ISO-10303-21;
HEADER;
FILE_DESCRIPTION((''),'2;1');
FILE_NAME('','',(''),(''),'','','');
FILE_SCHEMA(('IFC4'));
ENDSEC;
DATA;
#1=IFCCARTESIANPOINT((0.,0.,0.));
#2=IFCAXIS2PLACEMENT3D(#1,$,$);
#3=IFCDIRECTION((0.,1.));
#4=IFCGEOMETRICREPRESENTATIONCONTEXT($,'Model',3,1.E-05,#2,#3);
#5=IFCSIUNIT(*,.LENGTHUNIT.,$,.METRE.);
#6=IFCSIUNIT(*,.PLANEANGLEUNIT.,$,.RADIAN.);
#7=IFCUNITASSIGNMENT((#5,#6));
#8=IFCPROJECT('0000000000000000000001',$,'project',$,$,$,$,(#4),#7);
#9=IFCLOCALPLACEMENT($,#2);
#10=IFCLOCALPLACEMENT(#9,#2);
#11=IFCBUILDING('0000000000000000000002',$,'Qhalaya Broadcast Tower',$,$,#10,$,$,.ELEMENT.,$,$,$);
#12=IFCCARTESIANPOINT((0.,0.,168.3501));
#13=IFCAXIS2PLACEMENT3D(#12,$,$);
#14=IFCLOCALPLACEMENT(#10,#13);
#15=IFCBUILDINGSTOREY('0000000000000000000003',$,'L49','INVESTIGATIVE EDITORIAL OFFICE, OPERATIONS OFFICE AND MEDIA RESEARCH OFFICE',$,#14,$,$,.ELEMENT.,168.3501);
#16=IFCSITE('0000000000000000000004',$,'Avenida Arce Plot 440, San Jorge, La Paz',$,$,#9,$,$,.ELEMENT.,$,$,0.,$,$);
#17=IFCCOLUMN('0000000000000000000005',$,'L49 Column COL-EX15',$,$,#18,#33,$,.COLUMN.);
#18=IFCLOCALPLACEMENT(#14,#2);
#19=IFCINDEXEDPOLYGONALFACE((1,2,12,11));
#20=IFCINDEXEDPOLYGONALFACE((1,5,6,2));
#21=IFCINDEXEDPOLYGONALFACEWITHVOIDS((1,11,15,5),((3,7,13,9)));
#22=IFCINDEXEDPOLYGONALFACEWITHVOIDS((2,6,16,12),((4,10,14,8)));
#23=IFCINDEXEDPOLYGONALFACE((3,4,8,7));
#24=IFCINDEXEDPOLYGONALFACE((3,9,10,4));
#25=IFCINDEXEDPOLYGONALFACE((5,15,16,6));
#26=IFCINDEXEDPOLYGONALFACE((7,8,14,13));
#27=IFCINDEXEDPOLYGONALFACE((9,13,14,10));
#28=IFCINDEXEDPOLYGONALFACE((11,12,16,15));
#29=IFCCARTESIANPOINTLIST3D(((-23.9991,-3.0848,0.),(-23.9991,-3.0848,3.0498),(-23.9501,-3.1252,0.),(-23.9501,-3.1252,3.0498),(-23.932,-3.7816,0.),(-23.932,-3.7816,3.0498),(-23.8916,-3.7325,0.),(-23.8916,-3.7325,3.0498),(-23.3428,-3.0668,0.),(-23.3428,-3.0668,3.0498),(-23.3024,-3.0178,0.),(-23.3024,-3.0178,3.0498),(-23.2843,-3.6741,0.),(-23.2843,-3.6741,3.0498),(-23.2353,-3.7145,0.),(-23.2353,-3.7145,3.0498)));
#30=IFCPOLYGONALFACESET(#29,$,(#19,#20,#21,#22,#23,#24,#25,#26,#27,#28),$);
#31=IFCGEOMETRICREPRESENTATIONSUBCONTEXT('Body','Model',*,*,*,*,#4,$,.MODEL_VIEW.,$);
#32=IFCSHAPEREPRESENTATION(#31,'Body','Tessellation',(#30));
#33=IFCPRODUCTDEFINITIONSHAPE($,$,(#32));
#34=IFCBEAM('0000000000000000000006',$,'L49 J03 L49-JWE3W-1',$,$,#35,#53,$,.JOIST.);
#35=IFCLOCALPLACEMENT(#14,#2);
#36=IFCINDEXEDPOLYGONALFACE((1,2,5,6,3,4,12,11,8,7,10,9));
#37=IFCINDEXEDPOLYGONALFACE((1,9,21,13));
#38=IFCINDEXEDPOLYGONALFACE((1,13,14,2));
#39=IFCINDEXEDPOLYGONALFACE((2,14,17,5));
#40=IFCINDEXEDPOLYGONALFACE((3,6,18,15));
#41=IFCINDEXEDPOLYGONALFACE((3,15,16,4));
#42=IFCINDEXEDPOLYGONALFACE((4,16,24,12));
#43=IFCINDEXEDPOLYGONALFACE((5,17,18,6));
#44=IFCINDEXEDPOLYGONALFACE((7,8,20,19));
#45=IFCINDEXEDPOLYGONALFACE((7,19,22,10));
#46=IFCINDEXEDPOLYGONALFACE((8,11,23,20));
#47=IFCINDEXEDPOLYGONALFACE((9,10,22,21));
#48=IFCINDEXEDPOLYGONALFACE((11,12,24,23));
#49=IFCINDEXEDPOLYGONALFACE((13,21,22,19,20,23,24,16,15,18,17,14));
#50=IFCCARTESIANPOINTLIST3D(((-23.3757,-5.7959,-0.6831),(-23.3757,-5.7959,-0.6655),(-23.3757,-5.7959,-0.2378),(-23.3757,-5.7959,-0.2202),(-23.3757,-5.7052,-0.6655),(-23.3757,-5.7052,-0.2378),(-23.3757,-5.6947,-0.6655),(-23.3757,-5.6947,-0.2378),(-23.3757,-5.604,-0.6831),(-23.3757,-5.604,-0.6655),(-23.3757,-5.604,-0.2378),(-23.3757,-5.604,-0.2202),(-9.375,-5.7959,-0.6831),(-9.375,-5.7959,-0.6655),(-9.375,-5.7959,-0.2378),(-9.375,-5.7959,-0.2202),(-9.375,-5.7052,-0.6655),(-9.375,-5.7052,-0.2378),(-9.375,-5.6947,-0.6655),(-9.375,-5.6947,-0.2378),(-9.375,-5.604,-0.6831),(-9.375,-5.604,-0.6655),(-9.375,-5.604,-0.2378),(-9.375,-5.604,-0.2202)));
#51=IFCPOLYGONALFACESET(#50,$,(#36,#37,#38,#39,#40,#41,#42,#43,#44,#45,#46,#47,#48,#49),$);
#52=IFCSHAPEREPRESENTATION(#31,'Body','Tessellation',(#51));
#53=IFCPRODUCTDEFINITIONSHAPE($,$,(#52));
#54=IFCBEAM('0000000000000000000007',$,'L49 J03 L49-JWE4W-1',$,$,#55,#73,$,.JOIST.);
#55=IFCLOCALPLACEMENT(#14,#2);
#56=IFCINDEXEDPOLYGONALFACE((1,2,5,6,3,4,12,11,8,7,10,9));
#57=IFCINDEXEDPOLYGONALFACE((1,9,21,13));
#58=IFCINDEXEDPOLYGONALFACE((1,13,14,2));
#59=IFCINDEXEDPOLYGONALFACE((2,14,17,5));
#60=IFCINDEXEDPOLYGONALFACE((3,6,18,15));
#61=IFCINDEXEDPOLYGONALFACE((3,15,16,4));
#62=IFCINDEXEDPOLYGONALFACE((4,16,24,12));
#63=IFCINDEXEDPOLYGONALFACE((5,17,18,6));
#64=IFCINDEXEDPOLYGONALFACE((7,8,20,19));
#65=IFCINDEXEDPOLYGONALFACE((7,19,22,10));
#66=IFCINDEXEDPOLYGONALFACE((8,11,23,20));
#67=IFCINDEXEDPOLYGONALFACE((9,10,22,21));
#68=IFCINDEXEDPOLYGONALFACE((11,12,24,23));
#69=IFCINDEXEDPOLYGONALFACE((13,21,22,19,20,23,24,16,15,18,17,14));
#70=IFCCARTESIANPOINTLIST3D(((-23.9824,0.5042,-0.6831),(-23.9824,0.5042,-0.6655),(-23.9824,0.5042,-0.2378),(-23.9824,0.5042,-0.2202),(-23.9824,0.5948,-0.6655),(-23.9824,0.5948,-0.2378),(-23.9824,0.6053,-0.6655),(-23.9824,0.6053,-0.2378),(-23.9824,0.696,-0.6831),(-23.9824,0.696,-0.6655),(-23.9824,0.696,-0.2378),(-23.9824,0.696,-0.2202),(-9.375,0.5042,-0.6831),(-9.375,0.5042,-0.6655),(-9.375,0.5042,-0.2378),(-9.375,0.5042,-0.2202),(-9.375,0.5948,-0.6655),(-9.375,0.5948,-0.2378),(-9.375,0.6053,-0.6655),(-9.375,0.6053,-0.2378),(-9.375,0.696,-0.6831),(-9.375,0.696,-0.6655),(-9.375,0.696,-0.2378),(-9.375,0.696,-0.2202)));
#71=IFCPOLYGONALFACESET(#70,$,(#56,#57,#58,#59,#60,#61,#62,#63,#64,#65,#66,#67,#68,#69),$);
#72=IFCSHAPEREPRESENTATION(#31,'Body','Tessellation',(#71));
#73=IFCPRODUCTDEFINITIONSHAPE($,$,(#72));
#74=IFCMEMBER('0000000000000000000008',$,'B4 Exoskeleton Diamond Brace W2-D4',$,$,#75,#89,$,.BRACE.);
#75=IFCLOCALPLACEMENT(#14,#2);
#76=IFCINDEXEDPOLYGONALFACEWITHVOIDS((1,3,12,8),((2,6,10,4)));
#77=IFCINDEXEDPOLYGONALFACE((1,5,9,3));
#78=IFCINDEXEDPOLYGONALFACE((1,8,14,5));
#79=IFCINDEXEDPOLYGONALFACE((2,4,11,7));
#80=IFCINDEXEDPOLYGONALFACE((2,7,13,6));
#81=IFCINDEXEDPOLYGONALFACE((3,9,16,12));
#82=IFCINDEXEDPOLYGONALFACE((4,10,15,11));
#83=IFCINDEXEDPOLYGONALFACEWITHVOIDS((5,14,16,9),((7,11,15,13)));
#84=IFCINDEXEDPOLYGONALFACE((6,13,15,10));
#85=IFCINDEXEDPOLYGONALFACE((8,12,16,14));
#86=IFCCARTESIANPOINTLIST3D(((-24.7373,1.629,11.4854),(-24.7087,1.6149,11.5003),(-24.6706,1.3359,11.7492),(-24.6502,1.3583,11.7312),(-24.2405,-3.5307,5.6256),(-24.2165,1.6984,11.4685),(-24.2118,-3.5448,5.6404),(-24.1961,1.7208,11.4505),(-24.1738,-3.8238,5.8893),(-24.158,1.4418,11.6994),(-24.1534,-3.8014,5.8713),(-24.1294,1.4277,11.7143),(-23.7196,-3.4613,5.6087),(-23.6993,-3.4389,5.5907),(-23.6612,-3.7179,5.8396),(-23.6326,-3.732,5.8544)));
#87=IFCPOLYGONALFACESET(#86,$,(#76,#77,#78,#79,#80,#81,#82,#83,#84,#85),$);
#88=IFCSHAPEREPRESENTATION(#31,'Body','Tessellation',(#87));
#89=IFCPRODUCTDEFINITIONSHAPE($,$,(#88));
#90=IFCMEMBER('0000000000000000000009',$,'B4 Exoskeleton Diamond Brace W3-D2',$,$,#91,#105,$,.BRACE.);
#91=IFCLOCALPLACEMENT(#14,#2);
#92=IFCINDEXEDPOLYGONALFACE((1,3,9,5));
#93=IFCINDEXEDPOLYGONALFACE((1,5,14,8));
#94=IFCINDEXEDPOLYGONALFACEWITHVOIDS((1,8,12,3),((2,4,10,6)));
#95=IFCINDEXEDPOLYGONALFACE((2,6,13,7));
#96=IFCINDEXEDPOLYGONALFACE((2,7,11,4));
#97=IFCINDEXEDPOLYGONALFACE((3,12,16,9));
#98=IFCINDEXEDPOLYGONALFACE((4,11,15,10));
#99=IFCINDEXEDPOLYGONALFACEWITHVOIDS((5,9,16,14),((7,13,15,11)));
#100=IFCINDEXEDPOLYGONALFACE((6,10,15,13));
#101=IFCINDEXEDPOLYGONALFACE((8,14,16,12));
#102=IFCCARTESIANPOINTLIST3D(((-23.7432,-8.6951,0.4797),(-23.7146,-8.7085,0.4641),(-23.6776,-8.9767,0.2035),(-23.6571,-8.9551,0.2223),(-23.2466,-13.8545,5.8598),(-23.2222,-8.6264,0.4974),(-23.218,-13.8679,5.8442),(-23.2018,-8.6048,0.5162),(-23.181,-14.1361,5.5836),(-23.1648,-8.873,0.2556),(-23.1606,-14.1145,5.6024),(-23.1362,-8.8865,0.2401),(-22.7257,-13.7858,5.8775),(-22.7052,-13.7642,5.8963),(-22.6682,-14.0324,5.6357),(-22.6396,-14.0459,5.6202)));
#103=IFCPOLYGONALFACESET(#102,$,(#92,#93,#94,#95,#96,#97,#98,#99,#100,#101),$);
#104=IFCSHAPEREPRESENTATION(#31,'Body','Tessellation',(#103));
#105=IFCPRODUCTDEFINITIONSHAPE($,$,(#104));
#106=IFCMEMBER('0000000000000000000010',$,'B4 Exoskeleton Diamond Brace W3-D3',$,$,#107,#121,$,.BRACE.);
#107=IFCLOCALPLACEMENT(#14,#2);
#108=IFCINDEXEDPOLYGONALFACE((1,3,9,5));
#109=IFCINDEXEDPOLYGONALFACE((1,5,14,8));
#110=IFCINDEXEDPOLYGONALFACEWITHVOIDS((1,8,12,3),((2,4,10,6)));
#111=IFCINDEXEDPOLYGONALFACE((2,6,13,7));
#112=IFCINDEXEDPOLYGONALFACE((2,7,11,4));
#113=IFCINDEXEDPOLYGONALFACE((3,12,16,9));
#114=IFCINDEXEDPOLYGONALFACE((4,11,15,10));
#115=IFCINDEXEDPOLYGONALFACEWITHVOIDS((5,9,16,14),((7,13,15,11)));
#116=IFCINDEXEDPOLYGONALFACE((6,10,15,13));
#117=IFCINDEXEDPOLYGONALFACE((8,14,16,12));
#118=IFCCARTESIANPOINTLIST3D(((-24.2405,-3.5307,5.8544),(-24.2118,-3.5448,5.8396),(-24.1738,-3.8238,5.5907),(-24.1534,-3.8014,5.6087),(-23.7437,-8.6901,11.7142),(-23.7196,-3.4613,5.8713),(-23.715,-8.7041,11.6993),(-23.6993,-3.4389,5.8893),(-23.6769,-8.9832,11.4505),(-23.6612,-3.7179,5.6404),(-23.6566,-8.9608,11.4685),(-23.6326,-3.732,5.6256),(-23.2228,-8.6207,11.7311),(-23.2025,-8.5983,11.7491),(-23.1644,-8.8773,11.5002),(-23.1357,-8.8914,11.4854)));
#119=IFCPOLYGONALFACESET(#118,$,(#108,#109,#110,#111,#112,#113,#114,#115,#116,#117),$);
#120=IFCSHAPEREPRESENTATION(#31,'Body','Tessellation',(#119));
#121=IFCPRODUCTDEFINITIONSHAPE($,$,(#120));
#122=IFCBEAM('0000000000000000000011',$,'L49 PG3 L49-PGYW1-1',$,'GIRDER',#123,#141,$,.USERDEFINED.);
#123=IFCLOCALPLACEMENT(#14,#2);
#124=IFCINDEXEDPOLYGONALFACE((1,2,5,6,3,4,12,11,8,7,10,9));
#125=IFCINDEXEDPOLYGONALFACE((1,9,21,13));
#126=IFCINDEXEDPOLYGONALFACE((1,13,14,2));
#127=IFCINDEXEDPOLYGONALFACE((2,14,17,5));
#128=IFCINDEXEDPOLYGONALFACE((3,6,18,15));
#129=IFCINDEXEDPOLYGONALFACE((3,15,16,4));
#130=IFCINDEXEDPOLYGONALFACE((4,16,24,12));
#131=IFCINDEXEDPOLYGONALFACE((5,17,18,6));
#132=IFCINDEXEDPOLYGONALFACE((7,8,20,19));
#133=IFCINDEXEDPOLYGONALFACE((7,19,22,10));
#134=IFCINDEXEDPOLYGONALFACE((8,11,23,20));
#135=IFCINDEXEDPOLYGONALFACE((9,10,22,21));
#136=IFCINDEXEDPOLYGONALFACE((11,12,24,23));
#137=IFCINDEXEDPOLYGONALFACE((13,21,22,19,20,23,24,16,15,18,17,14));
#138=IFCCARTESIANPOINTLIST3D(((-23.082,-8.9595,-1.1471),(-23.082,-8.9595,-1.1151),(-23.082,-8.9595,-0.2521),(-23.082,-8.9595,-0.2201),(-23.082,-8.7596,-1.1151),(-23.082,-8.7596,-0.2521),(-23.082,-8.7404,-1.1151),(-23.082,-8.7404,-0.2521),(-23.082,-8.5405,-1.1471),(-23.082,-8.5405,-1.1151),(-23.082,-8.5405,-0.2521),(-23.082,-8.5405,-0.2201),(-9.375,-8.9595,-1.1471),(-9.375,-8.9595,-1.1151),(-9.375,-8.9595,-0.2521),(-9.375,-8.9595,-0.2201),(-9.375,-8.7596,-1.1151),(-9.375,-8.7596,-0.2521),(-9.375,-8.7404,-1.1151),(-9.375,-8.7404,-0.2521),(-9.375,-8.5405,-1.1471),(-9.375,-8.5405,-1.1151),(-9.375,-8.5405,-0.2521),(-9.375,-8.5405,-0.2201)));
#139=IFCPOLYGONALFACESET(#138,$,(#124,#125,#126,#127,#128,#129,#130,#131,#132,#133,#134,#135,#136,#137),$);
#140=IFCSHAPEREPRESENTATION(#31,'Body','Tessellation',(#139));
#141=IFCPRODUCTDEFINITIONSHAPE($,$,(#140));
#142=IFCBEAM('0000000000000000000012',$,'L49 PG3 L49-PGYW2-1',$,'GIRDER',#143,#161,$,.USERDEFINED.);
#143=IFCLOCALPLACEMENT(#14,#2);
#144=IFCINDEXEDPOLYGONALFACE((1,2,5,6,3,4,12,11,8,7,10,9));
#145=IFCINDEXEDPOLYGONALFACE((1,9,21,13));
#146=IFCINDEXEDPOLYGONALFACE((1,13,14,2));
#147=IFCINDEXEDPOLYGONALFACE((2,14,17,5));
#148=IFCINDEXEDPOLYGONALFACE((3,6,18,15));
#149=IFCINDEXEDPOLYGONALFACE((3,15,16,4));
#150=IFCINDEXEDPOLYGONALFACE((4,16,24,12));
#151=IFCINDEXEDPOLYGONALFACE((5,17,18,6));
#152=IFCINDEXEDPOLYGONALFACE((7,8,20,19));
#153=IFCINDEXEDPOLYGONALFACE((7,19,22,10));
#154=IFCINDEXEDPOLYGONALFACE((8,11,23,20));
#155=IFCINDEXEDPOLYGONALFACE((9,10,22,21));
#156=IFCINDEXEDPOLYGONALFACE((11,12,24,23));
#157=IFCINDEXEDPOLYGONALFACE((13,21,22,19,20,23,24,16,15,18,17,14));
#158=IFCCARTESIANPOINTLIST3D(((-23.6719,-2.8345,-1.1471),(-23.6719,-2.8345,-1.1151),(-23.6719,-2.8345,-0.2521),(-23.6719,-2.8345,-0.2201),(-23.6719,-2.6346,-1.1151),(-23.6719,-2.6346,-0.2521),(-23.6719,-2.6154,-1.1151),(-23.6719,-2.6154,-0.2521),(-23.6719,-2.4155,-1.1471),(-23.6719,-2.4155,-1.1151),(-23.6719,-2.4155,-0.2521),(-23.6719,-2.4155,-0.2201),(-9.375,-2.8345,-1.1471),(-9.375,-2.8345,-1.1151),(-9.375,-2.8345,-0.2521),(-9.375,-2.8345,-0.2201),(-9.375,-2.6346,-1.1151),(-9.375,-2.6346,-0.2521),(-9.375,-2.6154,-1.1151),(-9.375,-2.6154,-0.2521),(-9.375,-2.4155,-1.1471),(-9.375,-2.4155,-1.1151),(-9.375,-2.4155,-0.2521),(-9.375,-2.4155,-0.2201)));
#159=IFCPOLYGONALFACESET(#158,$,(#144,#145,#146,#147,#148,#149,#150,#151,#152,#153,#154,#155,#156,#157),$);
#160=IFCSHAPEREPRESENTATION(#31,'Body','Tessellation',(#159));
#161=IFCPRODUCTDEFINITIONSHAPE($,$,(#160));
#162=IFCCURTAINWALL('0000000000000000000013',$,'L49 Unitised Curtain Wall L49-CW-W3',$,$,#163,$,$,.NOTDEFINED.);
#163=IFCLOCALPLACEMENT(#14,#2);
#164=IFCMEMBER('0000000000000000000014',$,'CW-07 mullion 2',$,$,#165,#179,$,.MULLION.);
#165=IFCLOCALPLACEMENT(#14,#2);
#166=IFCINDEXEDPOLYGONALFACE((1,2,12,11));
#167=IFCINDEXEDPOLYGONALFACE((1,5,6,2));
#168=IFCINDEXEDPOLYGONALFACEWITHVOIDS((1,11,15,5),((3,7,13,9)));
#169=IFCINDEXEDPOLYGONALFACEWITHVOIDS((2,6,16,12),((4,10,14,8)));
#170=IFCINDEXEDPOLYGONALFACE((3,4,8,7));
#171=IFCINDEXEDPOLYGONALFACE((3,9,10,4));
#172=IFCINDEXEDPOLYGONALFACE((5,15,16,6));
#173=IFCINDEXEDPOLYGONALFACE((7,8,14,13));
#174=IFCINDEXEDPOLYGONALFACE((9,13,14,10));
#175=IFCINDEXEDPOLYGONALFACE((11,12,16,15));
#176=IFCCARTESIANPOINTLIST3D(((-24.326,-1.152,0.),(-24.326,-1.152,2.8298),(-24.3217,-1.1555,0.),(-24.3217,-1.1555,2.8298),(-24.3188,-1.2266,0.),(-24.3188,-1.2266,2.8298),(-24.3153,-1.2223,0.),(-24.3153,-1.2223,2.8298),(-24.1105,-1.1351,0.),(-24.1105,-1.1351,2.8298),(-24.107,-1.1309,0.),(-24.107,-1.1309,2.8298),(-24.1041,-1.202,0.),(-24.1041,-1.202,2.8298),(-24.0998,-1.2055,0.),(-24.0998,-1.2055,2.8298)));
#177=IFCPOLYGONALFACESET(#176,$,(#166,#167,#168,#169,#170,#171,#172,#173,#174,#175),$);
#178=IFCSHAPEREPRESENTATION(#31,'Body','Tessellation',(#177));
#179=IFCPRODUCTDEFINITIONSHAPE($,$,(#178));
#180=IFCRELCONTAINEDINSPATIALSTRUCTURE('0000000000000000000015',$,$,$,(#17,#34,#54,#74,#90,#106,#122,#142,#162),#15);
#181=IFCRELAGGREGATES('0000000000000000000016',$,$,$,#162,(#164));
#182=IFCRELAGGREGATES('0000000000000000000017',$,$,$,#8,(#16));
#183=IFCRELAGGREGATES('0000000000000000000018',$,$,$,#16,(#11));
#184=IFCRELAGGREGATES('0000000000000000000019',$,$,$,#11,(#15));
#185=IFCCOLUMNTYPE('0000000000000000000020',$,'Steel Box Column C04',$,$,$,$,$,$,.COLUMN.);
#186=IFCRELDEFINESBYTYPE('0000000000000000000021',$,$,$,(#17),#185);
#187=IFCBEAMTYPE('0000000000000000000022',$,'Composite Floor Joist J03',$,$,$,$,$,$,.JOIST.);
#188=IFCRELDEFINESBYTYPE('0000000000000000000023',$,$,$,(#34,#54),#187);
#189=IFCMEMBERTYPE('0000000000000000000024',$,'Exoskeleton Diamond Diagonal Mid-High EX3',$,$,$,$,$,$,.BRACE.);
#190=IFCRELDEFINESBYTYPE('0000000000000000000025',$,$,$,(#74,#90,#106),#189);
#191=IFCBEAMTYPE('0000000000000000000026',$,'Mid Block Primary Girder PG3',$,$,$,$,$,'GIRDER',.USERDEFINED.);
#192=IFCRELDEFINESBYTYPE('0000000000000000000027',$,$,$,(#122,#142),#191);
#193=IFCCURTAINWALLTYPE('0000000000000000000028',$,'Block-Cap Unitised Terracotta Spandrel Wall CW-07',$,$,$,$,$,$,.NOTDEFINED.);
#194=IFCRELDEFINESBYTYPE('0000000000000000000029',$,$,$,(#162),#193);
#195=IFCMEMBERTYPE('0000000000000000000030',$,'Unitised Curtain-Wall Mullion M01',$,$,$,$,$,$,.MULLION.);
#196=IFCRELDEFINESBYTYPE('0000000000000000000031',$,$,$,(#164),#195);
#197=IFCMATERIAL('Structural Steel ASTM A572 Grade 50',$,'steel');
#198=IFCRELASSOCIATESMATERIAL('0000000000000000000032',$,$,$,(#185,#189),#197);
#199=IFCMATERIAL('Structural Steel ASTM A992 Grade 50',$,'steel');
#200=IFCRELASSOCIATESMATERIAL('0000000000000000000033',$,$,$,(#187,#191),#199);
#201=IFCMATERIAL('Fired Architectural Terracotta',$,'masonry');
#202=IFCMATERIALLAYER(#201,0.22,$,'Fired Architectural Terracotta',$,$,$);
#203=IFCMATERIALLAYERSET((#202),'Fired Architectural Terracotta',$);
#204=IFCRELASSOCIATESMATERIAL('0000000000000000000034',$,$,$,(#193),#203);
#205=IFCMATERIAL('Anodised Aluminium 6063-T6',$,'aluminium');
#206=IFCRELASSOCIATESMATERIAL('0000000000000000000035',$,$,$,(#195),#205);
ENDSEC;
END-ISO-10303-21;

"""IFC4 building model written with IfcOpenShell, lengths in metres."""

from ifc_helpers import new_model, si_unit, direction, frame, origin, origin_2d, place, context, subcontext, project, spatial, hollow_rectangle, i_section, extrude, material, layer, layer_set, material_profile, profile_set, type_object, element, aggregate, save


model = new_model("IFC4")

# Units and contexts
model_context = context("Model", 3, precision=1e-05, world=origin(), true_north=direction((0.0, 1.0)))
body_context = subcontext(model_context, "Body", "Model", "MODEL_VIEW")
ifc_project = project(units=[si_unit("LENGTHUNIT", "METRE"), si_unit("PLANEANGLEUNIT", "RADIAN")], contexts=[model_context])

# Site, building, storey
site_placement = place(None, origin())
site = spatial("IfcSite", under=ifc_project, at=site_placement, Name="Avenida Arce Plot 440, San Jorge, La Paz", CompositionType="ELEMENT", RefElevation=0.0)
building_placement = place(site_placement, origin())
building = spatial("IfcBuilding", under=site, at=building_placement, Name="Qhalaya Broadcast Tower", CompositionType="ELEMENT")
storey_placement = place(building_placement, frame((0.0, 0.0, 168.3501)))
storey = spatial("IfcBuildingStorey", under=building, at=storey_placement, Name="L49", Description="INVESTIGATIVE EDITORIAL OFFICE, OPERATIONS OFFICE AND MEDIA RESEARCH OFFICE", CompositionType="ELEMENT", Elevation=168.3501)

# Column
ifc_material_1 = material(Name="Structural Steel ASTM A572 Grade 50", Category="steel")
ifc_material_profile_1 = material_profile(ifc_material_1, hollow_rectangle(XDim=0.7, YDim=0.7, WallThickness=0.0449, at=origin_2d()), Name="BOX 700x700x45")
ifc_profile_set_1 = profile_set([ifc_material_profile_1], Name="Structural Steel ASTM A572 Grade 50")
column_type = type_object("IfcColumnType", Name="Steel Box Column C04", PredefinedType="COLUMN", material=ifc_profile_set_1)
column_placement = place(storey_placement, frame((-23.6172, -3.3997, 0.0), z_axis=(0.0, 0.0, 1.0), x_axis=(-0.095846, 0.995396, 0.0)))
element("IfcColumn", 1, at=column_placement, inside=storey, type_object=column_type, Name="L49 Column COL-EX15", PredefinedType="COLUMN", context=body_context, shape_type="SweptSolid", body=[
    extrude(hollow_rectangle(XDim=0.7, YDim=0.7, WallThickness=0.0449, at=origin_2d()), origin(), (0.0, 0.0, 1.0), 3.0498),
])

# Beams
ifc_material_2 = material(Name="Structural Steel ASTM A992 Grade 50", Category="steel")
ifc_material_profile_2 = material_profile(ifc_material_2, i_section(OverallWidth=0.1919, OverallDepth=0.4629, WebThickness=0.0105, FlangeThickness=0.0176, at=origin_2d()), Name="W18X60")
ifc_profile_set_2 = profile_set([ifc_material_profile_2], Name="Structural Steel ASTM A992 Grade 50")
beam_type_1 = type_object("IfcBeamType", Name="Composite Floor Joist J03", PredefinedType="JOIST", material=ifc_profile_set_2)
beam_1_placement = place(storey_placement, frame((-23.3757, -5.7, -0.4517), z_axis=(1.0, 0.0, 0.0), x_axis=(0.0, 1.0, 0.0)))
element("IfcBeam", 2, at=beam_1_placement, inside=storey, type_object=beam_type_1, Name="L49 J03 L49-JWE3W-1", PredefinedType="JOIST", context=body_context, shape_type="SweptSolid", body=[
    extrude(i_section(OverallWidth=0.1919, OverallDepth=0.4629, WebThickness=0.0105, FlangeThickness=0.0176, at=origin_2d()), origin(), (0.0, 0.0, 1.0), 14.0007),
])
beam_2_placement = place(storey_placement, frame((-23.9824, 0.6001, -0.4517), z_axis=(1.0, 0.0, 0.0), x_axis=(0.0, 1.0, 0.0)))
element("IfcBeam", 3, at=beam_2_placement, inside=storey, type_object=beam_type_1, Name="L49 J03 L49-JWE4W-1", PredefinedType="JOIST", context=body_context, shape_type="SweptSolid", body=[
    extrude(i_section(OverallWidth=0.1919, OverallDepth=0.4629, WebThickness=0.0105, FlangeThickness=0.0176, at=origin_2d()), origin(), (0.0, 0.0, 1.0), 14.6074),
])

# Members
ifc_material_profile_3 = material_profile(ifc_material_1, hollow_rectangle(XDim=0.3999, YDim=0.55, WallThickness=0.0249, at=origin_2d()), Name="BOX 400x550x25")
ifc_profile_set_3 = profile_set([ifc_material_profile_3], Name="Structural Steel ASTM A572 Grade 50")
member_type_1 = type_object("IfcMemberType", Name="Exoskeleton Diamond Diagonal Mid-High EX3", PredefinedType="BRACE", material=ifc_profile_set_3)
member_1_placement = place(storey_placement, frame((-23.9365, -3.6313, 5.74), z_axis=(-0.063504, 0.65951, 0.749009), x_axis=(0.166864, -0.732941, 0.65951)))
element("IfcMember", 4, at=member_1_placement, inside=storey, type_object=member_type_1, Name="B4 Exoskeleton Diamond Brace W2-D4", PredefinedType="BRACE", context=body_context, shape_type="SweptSolid", body=[
    extrude(hollow_rectangle(XDim=0.3999, YDim=0.55, WallThickness=0.0249, at=origin_2d()), origin(), (0.0, 0.0, 1.0), 7.8235),
])
member_2_placement = place(storey_placement, frame((-23.4397, -8.7908, 0.3599), z_axis=(0.06647, -0.690617, 0.720159), x_axis=(-0.164082, 0.704364, 0.690614)))
element("IfcMember", 5, at=member_2_placement, inside=storey, type_object=member_type_1, Name="B4 Exoskeleton Diamond Brace W3-D2", PredefinedType="BRACE", context=body_context, shape_type="SweptSolid", body=[
    extrude(hollow_rectangle(XDim=0.3999, YDim=0.55, WallThickness=0.0249, at=origin_2d()), origin(), (0.0, 0.0, 1.0), 7.4707),
])
member_3_placement = place(storey_placement, frame((-23.9365, -3.6313, 5.74), z_axis=(0.063506, -0.659492, 0.749024), x_axis=(-0.166869, 0.732956, 0.659492)))
element("IfcMember", 6, at=member_3_placement, inside=storey, type_object=member_type_1, Name="B4 Exoskeleton Diamond Brace W3-D3", PredefinedType="BRACE", context=body_context, shape_type="SweptSolid", body=[
    extrude(hollow_rectangle(XDim=0.3999, YDim=0.55, WallThickness=0.0249, at=origin_2d()), origin(), (0.0, 0.0, 1.0), 7.8232),
])

# Beams
ifc_material_profile_4 = material_profile(ifc_material_2, i_section(OverallWidth=0.4189, OverallDepth=0.927, WebThickness=0.0193, FlangeThickness=0.032, at=origin_2d()), Name="W36X231")
ifc_profile_set_4 = profile_set([ifc_material_profile_4], Name="Structural Steel ASTM A992 Grade 50")
beam_type_2 = type_object("IfcBeamType", Name="Mid Block Primary Girder PG3", ElementType="GIRDER", PredefinedType="USERDEFINED", material=ifc_profile_set_4)
beam_3_placement = place(storey_placement, frame((-23.082, -8.75, -0.6836), z_axis=(1.0, 0.0, 0.0), x_axis=(0.0, 1.0, 0.0)))
element("IfcBeam", 7, at=beam_3_placement, inside=storey, type_object=beam_type_2, Name="L49 PG3 L49-PGYW1-1", ObjectType="GIRDER", PredefinedType="USERDEFINED", context=body_context, shape_type="SweptSolid", body=[
    extrude(i_section(OverallWidth=0.4189, OverallDepth=0.927, WebThickness=0.0193, FlangeThickness=0.032, at=origin_2d()), origin(), (0.0, 0.0, 1.0), 13.707),
])
beam_4_placement = place(storey_placement, frame((-23.6719, -2.625, -0.6836), z_axis=(1.0, 0.0, 0.0), x_axis=(0.0, 1.0, 0.0)))
element("IfcBeam", 8, at=beam_4_placement, inside=storey, type_object=beam_type_2, Name="L49 PG3 L49-PGYW2-1", ObjectType="GIRDER", PredefinedType="USERDEFINED", context=body_context, shape_type="SweptSolid", body=[
    extrude(i_section(OverallWidth=0.4189, OverallDepth=0.927, WebThickness=0.0193, FlangeThickness=0.032, at=origin_2d()), origin(), (0.0, 0.0, 1.0), 14.2969),
])

# Curtain wall, member
ifc_material_3 = material(Name="Fired Architectural Terracotta", Category="masonry")
ifc_layer_1 = layer(ifc_material_3, 0.22, Name="Fired Architectural Terracotta")
ifc_layer_set_1 = layer_set([ifc_layer_1], Name="Fired Architectural Terracotta")
curtain_wall_type_1 = type_object("IfcCurtainWallType", Name="Block-Cap Unitised Terracotta Spandrel Wall CW-07", PredefinedType="NOTDEFINED", material=ifc_layer_set_1)
curtain_wall_1_placement = place(storey_placement, origin())
curtain_wall_1 = element("IfcCurtainWall", 9, at=curtain_wall_1_placement, inside=storey, type_object=curtain_wall_type_1, Name="L49 Unitised Curtain Wall L49-CW-W3", PredefinedType="NOTDEFINED")
ifc_material_4 = material(Name="Anodised Aluminium 6063-T6", Category="aluminium")
ifc_material_profile_5 = material_profile(ifc_material_4, hollow_rectangle(XDim=0.075, YDim=0.22, WallThickness=0.0039, at=origin_2d()), Name="ALU-MUL 75x220x4")
ifc_profile_set_5 = profile_set([ifc_material_profile_5], Name="Anodised Aluminium 6063-T6")
member_type_2 = type_object("IfcMemberType", Name="Unitised Curtain-Wall Mullion M01", PredefinedType="MULLION", material=ifc_profile_set_5)
member_4_placement = place(storey_placement, frame((-24.2129, -1.1787, 0.0), z_axis=(0.0, 0.0, 1.0), x_axis=(0.095858, -0.995395, 0.0)))
member_4 = element("IfcMember", 10, at=member_4_placement, type_object=member_type_2, Name="CW-07 mullion 2", PredefinedType="MULLION", context=body_context, shape_type="SweptSolid", body=[
    extrude(hollow_rectangle(XDim=0.075, YDim=0.22, WallThickness=0.0039, at=origin_2d()), origin(), (0.0, 0.0, 1.0), 2.8298),
])
aggregate(curtain_wall_1, [member_4])

save(model, "model.ifc")
